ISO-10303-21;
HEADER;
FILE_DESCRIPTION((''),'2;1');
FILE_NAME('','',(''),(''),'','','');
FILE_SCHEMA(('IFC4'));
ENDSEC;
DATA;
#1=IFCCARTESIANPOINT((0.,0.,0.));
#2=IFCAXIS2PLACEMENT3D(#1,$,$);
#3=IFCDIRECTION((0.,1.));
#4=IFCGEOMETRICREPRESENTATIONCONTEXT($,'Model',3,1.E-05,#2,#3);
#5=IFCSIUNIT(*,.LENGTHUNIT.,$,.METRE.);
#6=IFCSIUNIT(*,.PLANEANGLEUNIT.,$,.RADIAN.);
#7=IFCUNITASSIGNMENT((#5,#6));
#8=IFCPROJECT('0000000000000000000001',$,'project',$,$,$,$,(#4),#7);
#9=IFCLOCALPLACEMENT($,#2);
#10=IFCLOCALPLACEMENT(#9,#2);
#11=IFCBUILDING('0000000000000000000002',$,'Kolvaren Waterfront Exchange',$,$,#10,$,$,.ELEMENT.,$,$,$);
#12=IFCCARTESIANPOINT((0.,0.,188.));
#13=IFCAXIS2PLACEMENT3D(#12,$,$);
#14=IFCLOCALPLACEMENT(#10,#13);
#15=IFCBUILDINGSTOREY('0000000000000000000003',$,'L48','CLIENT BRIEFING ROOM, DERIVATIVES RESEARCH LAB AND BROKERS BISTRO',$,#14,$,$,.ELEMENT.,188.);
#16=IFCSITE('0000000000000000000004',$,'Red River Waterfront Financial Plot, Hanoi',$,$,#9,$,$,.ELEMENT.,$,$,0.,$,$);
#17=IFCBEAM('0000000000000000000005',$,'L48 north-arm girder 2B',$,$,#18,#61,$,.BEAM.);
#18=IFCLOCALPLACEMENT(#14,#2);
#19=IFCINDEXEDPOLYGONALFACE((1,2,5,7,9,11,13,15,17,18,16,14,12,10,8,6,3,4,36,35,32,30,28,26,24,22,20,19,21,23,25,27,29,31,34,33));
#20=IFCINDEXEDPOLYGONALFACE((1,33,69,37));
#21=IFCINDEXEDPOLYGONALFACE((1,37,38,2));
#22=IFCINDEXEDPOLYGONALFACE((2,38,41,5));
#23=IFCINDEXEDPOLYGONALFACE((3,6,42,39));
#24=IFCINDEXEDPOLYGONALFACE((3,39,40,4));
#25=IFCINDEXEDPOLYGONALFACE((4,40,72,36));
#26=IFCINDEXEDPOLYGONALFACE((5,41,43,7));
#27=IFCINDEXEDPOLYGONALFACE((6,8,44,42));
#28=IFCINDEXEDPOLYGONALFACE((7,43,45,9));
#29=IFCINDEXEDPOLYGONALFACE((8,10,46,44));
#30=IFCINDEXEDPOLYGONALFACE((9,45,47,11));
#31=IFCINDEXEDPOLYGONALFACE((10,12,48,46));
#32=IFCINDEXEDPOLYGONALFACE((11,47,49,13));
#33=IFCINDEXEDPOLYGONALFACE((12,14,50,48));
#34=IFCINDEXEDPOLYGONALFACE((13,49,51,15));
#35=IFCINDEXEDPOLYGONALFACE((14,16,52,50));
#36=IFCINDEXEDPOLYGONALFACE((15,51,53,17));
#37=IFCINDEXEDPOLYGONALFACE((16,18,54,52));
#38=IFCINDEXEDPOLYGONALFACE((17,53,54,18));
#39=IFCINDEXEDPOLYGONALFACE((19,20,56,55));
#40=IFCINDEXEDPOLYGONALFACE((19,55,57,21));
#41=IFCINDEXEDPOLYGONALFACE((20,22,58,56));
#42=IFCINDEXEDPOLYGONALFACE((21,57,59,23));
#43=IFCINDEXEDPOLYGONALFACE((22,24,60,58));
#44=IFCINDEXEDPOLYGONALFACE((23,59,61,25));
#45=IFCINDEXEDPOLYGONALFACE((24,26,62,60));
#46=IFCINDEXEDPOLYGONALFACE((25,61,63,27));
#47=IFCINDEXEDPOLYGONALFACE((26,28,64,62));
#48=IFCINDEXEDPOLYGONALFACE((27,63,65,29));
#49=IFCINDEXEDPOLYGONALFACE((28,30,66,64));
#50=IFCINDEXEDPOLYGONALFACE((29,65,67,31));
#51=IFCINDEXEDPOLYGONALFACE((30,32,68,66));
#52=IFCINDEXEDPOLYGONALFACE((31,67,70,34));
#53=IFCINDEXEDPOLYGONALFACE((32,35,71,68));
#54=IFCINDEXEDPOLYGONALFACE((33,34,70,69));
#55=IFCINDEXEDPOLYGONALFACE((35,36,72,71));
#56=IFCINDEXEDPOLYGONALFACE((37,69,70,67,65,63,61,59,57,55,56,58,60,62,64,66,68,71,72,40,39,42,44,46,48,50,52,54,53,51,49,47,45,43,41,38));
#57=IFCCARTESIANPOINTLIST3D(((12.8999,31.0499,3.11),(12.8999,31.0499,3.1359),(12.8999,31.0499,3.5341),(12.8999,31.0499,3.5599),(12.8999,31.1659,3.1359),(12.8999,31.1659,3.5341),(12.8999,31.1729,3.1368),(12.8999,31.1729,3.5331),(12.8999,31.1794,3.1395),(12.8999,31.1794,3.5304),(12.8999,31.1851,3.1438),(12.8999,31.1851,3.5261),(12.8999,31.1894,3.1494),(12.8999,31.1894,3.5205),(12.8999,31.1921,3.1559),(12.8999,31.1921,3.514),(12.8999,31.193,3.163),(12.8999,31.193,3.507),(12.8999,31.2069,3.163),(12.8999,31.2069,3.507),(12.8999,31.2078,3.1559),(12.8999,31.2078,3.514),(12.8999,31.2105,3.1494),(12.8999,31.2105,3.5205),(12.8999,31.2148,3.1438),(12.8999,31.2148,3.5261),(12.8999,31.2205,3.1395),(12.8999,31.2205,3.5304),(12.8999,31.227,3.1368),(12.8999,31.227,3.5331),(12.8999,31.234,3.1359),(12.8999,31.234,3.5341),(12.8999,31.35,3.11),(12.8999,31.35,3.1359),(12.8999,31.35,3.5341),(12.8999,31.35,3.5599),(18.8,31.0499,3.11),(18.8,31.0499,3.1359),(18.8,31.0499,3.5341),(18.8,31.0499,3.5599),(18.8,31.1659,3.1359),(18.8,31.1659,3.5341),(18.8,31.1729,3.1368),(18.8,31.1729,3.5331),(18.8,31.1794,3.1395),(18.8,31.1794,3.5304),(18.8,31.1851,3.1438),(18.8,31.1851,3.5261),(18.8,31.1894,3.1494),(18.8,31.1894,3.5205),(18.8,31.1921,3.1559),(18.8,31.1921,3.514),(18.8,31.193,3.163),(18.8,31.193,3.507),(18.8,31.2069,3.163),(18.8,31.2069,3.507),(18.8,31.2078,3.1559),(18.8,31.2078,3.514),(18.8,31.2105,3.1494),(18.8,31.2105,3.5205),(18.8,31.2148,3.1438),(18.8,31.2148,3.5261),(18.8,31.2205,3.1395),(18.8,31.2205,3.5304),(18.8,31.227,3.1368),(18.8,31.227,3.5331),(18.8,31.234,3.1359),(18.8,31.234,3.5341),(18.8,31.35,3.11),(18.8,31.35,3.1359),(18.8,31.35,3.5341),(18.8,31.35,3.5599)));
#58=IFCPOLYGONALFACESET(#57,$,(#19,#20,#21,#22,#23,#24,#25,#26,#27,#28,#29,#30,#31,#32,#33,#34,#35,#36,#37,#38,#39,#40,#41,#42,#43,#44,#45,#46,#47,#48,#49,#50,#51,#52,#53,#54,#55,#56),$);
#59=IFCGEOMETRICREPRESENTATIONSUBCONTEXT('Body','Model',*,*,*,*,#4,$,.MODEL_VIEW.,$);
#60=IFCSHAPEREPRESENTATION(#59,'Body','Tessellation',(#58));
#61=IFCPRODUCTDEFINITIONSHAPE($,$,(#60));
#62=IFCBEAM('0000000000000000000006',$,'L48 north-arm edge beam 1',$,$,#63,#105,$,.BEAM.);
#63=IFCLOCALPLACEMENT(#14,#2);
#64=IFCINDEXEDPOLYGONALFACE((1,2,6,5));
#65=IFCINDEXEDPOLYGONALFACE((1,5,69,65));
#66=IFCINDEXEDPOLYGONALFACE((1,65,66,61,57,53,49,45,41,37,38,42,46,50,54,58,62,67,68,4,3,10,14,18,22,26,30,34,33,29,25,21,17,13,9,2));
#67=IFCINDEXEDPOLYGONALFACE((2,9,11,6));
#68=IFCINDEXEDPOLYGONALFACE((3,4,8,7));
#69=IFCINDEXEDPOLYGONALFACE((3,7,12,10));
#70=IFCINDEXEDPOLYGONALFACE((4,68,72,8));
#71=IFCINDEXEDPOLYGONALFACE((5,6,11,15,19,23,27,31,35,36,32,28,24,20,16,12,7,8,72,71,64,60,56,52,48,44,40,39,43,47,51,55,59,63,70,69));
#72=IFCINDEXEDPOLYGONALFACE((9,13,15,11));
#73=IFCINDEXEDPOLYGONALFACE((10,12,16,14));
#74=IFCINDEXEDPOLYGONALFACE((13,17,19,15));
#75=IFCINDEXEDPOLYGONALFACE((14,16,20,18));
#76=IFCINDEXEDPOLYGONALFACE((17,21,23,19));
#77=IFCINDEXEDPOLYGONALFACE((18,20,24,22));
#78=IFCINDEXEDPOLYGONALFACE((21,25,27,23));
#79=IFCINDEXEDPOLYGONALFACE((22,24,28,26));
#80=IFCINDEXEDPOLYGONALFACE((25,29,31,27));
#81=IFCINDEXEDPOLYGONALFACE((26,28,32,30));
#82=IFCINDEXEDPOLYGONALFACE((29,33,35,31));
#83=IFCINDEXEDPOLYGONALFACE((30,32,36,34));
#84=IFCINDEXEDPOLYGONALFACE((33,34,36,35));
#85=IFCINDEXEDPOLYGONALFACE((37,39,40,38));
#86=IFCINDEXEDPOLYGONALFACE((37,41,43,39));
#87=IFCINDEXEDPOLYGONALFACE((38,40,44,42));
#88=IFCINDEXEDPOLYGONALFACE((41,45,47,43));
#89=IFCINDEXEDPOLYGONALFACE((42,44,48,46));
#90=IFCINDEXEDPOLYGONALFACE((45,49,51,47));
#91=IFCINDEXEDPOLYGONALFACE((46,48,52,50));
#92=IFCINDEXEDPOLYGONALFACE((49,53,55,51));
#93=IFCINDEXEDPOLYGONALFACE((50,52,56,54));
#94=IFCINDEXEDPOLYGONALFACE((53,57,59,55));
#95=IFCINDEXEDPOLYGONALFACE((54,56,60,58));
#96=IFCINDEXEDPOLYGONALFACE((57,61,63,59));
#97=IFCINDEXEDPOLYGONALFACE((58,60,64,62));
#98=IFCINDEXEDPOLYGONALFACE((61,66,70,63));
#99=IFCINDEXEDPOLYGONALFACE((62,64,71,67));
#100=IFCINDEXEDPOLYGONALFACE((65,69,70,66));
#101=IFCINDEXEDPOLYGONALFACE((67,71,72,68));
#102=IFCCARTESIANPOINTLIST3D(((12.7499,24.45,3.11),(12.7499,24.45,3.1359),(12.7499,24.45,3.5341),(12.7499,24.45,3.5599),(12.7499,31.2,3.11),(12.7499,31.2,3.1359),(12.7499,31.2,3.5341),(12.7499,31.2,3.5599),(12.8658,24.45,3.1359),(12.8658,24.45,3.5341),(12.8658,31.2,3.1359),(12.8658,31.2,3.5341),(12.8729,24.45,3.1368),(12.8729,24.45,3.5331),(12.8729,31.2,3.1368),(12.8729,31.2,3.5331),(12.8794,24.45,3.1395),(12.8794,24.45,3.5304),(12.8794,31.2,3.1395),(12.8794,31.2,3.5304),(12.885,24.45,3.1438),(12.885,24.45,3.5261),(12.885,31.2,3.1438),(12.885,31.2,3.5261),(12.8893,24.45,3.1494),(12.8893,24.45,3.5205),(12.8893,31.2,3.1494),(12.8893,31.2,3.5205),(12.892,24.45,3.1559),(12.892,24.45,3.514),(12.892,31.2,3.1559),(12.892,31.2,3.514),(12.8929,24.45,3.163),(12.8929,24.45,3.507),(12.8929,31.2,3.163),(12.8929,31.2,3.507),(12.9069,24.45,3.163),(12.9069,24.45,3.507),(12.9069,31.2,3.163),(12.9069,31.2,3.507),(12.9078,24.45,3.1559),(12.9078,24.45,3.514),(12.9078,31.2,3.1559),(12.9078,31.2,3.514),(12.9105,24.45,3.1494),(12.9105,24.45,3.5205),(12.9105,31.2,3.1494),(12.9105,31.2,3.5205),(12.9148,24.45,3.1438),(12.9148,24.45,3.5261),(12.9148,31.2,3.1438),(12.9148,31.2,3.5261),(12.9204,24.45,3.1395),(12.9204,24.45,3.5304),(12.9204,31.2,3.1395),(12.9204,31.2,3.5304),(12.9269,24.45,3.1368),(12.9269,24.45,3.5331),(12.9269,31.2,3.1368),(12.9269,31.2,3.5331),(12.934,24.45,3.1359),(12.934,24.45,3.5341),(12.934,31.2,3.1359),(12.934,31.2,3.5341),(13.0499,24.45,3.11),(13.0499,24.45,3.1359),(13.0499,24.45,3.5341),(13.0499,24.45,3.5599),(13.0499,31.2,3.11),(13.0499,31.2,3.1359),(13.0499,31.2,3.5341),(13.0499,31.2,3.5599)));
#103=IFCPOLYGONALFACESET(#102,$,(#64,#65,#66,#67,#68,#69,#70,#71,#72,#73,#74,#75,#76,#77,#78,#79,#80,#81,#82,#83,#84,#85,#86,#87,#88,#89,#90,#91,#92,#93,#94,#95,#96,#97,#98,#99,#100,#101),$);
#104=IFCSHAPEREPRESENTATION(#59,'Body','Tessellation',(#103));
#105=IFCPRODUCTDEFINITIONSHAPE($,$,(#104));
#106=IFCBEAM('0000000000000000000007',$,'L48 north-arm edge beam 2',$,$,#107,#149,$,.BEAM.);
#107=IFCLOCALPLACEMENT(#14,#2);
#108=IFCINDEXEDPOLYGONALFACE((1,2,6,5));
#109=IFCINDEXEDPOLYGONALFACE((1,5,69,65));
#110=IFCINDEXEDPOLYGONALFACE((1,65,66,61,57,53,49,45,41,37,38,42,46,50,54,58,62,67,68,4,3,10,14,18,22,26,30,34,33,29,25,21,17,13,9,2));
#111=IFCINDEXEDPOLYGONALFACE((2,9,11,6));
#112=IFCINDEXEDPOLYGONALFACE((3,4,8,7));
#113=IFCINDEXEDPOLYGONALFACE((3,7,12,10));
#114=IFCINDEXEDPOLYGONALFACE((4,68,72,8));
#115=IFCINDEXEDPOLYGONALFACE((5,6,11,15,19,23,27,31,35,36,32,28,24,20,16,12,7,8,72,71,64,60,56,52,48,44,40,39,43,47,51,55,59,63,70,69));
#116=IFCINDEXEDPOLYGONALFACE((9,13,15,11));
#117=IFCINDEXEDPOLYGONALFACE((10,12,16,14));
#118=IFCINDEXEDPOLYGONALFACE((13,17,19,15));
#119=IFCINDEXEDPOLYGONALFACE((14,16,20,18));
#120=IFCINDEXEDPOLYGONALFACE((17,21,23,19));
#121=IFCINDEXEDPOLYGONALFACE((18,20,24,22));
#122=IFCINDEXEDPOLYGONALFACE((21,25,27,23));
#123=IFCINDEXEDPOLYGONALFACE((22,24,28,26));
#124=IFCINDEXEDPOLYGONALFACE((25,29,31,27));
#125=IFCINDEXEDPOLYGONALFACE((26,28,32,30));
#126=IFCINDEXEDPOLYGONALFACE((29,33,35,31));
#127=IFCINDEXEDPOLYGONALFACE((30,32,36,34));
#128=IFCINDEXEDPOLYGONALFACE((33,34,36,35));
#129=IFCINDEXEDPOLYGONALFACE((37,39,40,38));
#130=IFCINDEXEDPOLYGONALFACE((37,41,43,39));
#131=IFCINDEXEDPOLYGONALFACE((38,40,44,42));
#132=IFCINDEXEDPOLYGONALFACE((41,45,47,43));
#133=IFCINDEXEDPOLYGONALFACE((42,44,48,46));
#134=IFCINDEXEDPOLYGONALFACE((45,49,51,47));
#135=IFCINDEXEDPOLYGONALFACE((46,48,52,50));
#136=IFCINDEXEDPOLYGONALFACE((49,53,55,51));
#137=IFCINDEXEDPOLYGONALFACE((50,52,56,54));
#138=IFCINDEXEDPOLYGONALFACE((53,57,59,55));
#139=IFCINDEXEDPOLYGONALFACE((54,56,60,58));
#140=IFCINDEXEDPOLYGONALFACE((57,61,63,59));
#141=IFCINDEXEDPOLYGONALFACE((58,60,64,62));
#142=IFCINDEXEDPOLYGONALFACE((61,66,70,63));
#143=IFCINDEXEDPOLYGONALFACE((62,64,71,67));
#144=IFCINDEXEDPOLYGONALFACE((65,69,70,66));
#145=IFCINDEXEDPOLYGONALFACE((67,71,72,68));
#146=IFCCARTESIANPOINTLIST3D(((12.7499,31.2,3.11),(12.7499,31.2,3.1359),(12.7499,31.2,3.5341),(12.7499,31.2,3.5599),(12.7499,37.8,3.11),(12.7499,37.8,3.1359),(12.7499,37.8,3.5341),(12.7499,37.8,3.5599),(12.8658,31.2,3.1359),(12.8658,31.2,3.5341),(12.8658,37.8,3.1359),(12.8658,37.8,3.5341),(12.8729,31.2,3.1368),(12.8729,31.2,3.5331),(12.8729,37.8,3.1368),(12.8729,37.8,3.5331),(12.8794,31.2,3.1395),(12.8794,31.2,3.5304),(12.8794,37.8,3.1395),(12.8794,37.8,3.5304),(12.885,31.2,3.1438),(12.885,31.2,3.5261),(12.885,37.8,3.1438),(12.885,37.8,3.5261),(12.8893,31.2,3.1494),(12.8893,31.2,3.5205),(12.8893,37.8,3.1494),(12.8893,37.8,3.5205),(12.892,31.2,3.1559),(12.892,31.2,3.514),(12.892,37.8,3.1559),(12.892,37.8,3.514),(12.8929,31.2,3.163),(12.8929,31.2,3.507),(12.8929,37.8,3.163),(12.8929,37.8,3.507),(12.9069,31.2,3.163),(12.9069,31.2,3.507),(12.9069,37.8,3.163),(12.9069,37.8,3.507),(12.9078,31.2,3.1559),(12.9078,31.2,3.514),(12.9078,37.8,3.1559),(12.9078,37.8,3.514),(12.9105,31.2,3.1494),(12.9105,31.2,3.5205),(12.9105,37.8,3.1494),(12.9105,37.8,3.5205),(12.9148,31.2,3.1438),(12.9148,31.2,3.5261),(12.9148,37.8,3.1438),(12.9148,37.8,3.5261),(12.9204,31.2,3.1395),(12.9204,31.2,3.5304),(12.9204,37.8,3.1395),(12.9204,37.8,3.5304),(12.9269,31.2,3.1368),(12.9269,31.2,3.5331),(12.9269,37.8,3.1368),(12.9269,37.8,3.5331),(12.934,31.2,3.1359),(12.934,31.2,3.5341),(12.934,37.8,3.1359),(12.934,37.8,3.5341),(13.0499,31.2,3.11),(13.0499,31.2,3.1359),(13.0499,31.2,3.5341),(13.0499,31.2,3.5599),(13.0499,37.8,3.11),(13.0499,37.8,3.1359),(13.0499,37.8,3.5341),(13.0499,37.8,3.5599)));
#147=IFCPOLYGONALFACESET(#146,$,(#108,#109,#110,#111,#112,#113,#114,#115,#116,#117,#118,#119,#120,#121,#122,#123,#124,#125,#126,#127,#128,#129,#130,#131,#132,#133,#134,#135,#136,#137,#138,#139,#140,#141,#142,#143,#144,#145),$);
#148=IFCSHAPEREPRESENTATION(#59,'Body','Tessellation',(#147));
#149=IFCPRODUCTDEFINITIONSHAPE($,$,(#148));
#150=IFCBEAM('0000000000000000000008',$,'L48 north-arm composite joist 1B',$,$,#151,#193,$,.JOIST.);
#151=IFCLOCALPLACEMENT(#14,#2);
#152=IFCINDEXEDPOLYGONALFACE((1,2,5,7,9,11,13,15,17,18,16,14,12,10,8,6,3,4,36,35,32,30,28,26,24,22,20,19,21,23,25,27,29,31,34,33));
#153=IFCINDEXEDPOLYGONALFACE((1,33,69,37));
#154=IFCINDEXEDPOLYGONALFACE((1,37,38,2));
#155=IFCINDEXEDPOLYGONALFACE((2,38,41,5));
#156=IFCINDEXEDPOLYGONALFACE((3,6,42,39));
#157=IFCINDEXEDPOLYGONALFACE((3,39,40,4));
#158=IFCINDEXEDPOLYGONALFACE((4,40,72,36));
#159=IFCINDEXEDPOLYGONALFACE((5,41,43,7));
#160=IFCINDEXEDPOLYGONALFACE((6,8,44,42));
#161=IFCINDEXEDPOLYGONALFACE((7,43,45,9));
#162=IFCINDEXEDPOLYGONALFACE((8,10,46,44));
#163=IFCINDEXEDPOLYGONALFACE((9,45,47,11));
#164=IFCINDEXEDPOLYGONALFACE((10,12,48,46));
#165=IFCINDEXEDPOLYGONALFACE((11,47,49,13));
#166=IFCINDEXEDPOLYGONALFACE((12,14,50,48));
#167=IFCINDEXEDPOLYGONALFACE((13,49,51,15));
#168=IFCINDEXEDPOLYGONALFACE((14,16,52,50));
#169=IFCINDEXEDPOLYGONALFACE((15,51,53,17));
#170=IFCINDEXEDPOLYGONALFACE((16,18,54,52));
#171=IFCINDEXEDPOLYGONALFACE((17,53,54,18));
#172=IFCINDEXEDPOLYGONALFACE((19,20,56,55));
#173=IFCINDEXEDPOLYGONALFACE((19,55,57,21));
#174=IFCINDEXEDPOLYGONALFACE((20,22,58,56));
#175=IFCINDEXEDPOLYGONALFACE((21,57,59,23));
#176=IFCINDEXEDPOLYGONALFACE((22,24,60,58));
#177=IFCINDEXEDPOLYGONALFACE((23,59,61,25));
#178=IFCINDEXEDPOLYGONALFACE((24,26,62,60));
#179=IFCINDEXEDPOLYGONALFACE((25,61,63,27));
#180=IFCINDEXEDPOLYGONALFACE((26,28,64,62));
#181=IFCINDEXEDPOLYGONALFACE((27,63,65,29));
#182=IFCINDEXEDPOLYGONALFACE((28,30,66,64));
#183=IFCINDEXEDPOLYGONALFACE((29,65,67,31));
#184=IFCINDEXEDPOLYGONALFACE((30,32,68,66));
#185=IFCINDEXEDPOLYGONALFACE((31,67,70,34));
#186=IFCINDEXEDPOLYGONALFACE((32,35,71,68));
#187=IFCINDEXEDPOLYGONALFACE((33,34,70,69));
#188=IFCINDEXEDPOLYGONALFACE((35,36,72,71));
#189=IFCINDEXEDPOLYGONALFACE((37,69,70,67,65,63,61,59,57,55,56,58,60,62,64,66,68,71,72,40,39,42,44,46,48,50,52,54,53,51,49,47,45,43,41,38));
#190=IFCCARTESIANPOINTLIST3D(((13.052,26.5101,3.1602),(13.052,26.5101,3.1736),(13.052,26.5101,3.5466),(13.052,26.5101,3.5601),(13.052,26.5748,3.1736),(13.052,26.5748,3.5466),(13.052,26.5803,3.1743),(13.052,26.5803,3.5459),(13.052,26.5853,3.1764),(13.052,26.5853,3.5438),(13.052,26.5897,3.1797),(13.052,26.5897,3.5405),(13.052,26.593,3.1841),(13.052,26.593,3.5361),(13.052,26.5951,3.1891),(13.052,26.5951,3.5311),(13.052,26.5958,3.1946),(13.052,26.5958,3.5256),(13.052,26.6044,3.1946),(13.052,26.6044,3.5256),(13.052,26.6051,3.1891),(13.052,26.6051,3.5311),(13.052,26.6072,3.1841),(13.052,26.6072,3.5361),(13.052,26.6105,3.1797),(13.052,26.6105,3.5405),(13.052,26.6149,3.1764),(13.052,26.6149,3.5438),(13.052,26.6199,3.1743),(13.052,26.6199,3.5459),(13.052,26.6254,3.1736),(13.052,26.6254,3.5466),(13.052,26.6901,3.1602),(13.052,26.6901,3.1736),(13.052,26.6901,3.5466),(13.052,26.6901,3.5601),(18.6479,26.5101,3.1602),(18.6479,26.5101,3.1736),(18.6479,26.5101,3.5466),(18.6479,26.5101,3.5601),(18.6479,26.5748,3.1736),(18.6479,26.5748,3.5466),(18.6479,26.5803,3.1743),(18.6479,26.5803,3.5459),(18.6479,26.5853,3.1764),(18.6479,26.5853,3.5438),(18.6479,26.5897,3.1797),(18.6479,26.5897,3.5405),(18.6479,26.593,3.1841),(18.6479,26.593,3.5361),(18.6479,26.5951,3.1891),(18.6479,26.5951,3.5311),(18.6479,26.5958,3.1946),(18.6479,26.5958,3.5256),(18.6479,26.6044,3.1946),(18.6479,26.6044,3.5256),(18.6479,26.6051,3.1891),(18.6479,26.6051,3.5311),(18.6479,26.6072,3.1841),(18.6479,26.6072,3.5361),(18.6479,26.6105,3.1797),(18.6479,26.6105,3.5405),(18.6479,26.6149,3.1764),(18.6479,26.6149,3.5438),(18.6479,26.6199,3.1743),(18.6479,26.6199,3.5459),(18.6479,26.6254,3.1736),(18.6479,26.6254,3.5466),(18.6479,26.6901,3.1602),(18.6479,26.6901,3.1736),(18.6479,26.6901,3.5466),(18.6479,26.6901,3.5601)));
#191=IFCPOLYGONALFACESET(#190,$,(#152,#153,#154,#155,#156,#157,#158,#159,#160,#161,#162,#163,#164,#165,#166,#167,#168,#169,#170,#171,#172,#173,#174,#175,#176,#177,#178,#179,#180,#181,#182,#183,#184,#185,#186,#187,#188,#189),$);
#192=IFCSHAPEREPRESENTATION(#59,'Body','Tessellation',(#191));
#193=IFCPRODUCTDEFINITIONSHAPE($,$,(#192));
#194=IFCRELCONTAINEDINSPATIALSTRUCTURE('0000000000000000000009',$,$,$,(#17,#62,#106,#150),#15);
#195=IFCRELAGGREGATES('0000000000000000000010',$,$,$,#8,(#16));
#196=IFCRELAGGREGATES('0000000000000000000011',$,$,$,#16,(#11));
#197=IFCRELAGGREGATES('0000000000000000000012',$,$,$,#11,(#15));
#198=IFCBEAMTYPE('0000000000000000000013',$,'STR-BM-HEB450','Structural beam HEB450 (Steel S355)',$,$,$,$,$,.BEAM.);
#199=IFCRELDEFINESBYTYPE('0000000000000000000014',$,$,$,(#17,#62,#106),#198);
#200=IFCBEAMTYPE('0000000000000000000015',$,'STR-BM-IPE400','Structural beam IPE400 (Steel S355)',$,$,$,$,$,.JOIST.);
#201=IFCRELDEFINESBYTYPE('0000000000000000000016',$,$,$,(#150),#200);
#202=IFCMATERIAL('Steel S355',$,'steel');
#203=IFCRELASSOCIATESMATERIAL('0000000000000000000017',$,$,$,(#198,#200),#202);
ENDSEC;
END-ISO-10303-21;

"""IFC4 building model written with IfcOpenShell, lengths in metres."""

from ifc_helpers import new_model, si_unit, direction, frame, origin, origin_2d, place, context, subcontext, project, spatial, i_section, extrude, material, material_profile, profile_set, type_object, element, save


model = new_model("IFC4")

# Units and contexts
model_context = context("Model", 3, precision=1e-05, world=origin(), true_north=direction((0.0, 1.0)))
body_context = subcontext(model_context, "Body", "Model", "MODEL_VIEW")
ifc_project = project(units=[si_unit("LENGTHUNIT", "METRE"), si_unit("PLANEANGLEUNIT", "RADIAN")], contexts=[model_context])

# Site, building, storey
site_placement = place(None, origin())
site = spatial("IfcSite", under=ifc_project, at=site_placement, Name="Red River Waterfront Financial Plot, Hanoi", CompositionType="ELEMENT", RefElevation=0.0)
building_placement = place(site_placement, origin())
building = spatial("IfcBuilding", under=site, at=building_placement, Name="Kolvaren Waterfront Exchange", CompositionType="ELEMENT")
storey_placement = place(building_placement, frame((0.0, 0.0, 188.0)))
storey = spatial("IfcBuildingStorey", under=building, at=storey_placement, Name="L48", Description="CLIENT BRIEFING ROOM, DERIVATIVES RESEARCH LAB AND BROKERS BISTRO", CompositionType="ELEMENT", Elevation=188.0)

# Beams
ifc_material_1 = material(Name="Steel S355", Category="steel")
ifc_material_profile_1 = material_profile(ifc_material_1, i_section(OverallWidth=0.3, OverallDepth=0.45, WebThickness=0.0139, FlangeThickness=0.0259, FilletRadius=0.0271, at=origin_2d()), Name="HEB450")
ifc_profile_set_1 = profile_set([ifc_material_profile_1], Name="Steel S355")
beam_type_1 = type_object("IfcBeamType", Name="STR-BM-HEB450", Description="Structural beam HEB450 (Steel S355)", PredefinedType="BEAM", material=ifc_profile_set_1)
beam_1_placement = place(storey_placement, frame((12.8999, 31.2, 3.335), z_axis=(1.0, 0.0, 0.0), x_axis=(0.0, 1.0, 0.0)))
element("IfcBeam", 1, at=beam_1_placement, inside=storey, type_object=beam_type_1, Name="L48 north-arm girder 2B", PredefinedType="BEAM", context=body_context, shape_type="SweptSolid", body=[
    extrude(i_section(OverallWidth=0.3, OverallDepth=0.45, WebThickness=0.0139, FlangeThickness=0.0259, FilletRadius=0.0271, at=origin_2d()), origin(), (0.0, 0.0, 1.0), 5.9001),
])
beam_2_placement = place(storey_placement, frame((12.8999, 24.45, 3.335), z_axis=(0.0, 1.0, 0.0), x_axis=(-1.0, 0.0, 0.0)))
element("IfcBeam", 2, at=beam_2_placement, inside=storey, type_object=beam_type_1, Name="L48 north-arm edge beam 1", PredefinedType="BEAM", context=body_context, shape_type="SweptSolid", body=[
    extrude(i_section(OverallWidth=0.3, OverallDepth=0.45, WebThickness=0.0139, FlangeThickness=0.0259, FilletRadius=0.0271, at=origin_2d()), origin(), (0.0, 0.0, 1.0), 6.75),
])
beam_3_placement = place(storey_placement, frame((12.8999, 31.2, 3.335), z_axis=(0.0, 1.0, 0.0), x_axis=(-1.0, 0.0, 0.0)))
element("IfcBeam", 3, at=beam_3_placement, inside=storey, type_object=beam_type_1, Name="L48 north-arm edge beam 2", PredefinedType="BEAM", context=body_context, shape_type="SweptSolid", body=[
    extrude(i_section(OverallWidth=0.3, OverallDepth=0.45, WebThickness=0.0139, FlangeThickness=0.0259, FilletRadius=0.0271, at=origin_2d()), origin(), (0.0, 0.0, 1.0), 6.6001),
])
ifc_material_profile_2 = material_profile(ifc_material_1, i_section(OverallWidth=0.1799, OverallDepth=0.3999, WebThickness=0.0085, FlangeThickness=0.0134, FilletRadius=0.021, at=origin_2d()), Name="IPE400")
ifc_profile_set_2 = profile_set([ifc_material_profile_2], Name="Steel S355")
beam_type_2 = type_object("IfcBeamType", Name="STR-BM-IPE400", Description="Structural beam IPE400 (Steel S355)", PredefinedType="JOIST", material=ifc_profile_set_2)
for number, where, z_axis, x_axis, name in (
    (4, (13.052, 26.6001, 3.3601), (1.0, 0.0, 0.0), (0.0, 1.0, 0.0), "L48 north-arm composite joist 1B"),
):
    element("IfcBeam", number, at=place(storey_placement, frame(where, z_axis=z_axis, x_axis=x_axis)), inside=storey, type_object=beam_type_2, Name=name, PredefinedType="JOIST", context=body_context, shape_type="SweptSolid", body=[
        extrude(i_section(OverallWidth=0.1799, OverallDepth=0.3999, WebThickness=0.0085, FlangeThickness=0.0134, FilletRadius=0.021, at=origin_2d()), origin(), (0.0, 0.0, 1.0), 5.5959),
    ])

save(model, "model.ifc")
